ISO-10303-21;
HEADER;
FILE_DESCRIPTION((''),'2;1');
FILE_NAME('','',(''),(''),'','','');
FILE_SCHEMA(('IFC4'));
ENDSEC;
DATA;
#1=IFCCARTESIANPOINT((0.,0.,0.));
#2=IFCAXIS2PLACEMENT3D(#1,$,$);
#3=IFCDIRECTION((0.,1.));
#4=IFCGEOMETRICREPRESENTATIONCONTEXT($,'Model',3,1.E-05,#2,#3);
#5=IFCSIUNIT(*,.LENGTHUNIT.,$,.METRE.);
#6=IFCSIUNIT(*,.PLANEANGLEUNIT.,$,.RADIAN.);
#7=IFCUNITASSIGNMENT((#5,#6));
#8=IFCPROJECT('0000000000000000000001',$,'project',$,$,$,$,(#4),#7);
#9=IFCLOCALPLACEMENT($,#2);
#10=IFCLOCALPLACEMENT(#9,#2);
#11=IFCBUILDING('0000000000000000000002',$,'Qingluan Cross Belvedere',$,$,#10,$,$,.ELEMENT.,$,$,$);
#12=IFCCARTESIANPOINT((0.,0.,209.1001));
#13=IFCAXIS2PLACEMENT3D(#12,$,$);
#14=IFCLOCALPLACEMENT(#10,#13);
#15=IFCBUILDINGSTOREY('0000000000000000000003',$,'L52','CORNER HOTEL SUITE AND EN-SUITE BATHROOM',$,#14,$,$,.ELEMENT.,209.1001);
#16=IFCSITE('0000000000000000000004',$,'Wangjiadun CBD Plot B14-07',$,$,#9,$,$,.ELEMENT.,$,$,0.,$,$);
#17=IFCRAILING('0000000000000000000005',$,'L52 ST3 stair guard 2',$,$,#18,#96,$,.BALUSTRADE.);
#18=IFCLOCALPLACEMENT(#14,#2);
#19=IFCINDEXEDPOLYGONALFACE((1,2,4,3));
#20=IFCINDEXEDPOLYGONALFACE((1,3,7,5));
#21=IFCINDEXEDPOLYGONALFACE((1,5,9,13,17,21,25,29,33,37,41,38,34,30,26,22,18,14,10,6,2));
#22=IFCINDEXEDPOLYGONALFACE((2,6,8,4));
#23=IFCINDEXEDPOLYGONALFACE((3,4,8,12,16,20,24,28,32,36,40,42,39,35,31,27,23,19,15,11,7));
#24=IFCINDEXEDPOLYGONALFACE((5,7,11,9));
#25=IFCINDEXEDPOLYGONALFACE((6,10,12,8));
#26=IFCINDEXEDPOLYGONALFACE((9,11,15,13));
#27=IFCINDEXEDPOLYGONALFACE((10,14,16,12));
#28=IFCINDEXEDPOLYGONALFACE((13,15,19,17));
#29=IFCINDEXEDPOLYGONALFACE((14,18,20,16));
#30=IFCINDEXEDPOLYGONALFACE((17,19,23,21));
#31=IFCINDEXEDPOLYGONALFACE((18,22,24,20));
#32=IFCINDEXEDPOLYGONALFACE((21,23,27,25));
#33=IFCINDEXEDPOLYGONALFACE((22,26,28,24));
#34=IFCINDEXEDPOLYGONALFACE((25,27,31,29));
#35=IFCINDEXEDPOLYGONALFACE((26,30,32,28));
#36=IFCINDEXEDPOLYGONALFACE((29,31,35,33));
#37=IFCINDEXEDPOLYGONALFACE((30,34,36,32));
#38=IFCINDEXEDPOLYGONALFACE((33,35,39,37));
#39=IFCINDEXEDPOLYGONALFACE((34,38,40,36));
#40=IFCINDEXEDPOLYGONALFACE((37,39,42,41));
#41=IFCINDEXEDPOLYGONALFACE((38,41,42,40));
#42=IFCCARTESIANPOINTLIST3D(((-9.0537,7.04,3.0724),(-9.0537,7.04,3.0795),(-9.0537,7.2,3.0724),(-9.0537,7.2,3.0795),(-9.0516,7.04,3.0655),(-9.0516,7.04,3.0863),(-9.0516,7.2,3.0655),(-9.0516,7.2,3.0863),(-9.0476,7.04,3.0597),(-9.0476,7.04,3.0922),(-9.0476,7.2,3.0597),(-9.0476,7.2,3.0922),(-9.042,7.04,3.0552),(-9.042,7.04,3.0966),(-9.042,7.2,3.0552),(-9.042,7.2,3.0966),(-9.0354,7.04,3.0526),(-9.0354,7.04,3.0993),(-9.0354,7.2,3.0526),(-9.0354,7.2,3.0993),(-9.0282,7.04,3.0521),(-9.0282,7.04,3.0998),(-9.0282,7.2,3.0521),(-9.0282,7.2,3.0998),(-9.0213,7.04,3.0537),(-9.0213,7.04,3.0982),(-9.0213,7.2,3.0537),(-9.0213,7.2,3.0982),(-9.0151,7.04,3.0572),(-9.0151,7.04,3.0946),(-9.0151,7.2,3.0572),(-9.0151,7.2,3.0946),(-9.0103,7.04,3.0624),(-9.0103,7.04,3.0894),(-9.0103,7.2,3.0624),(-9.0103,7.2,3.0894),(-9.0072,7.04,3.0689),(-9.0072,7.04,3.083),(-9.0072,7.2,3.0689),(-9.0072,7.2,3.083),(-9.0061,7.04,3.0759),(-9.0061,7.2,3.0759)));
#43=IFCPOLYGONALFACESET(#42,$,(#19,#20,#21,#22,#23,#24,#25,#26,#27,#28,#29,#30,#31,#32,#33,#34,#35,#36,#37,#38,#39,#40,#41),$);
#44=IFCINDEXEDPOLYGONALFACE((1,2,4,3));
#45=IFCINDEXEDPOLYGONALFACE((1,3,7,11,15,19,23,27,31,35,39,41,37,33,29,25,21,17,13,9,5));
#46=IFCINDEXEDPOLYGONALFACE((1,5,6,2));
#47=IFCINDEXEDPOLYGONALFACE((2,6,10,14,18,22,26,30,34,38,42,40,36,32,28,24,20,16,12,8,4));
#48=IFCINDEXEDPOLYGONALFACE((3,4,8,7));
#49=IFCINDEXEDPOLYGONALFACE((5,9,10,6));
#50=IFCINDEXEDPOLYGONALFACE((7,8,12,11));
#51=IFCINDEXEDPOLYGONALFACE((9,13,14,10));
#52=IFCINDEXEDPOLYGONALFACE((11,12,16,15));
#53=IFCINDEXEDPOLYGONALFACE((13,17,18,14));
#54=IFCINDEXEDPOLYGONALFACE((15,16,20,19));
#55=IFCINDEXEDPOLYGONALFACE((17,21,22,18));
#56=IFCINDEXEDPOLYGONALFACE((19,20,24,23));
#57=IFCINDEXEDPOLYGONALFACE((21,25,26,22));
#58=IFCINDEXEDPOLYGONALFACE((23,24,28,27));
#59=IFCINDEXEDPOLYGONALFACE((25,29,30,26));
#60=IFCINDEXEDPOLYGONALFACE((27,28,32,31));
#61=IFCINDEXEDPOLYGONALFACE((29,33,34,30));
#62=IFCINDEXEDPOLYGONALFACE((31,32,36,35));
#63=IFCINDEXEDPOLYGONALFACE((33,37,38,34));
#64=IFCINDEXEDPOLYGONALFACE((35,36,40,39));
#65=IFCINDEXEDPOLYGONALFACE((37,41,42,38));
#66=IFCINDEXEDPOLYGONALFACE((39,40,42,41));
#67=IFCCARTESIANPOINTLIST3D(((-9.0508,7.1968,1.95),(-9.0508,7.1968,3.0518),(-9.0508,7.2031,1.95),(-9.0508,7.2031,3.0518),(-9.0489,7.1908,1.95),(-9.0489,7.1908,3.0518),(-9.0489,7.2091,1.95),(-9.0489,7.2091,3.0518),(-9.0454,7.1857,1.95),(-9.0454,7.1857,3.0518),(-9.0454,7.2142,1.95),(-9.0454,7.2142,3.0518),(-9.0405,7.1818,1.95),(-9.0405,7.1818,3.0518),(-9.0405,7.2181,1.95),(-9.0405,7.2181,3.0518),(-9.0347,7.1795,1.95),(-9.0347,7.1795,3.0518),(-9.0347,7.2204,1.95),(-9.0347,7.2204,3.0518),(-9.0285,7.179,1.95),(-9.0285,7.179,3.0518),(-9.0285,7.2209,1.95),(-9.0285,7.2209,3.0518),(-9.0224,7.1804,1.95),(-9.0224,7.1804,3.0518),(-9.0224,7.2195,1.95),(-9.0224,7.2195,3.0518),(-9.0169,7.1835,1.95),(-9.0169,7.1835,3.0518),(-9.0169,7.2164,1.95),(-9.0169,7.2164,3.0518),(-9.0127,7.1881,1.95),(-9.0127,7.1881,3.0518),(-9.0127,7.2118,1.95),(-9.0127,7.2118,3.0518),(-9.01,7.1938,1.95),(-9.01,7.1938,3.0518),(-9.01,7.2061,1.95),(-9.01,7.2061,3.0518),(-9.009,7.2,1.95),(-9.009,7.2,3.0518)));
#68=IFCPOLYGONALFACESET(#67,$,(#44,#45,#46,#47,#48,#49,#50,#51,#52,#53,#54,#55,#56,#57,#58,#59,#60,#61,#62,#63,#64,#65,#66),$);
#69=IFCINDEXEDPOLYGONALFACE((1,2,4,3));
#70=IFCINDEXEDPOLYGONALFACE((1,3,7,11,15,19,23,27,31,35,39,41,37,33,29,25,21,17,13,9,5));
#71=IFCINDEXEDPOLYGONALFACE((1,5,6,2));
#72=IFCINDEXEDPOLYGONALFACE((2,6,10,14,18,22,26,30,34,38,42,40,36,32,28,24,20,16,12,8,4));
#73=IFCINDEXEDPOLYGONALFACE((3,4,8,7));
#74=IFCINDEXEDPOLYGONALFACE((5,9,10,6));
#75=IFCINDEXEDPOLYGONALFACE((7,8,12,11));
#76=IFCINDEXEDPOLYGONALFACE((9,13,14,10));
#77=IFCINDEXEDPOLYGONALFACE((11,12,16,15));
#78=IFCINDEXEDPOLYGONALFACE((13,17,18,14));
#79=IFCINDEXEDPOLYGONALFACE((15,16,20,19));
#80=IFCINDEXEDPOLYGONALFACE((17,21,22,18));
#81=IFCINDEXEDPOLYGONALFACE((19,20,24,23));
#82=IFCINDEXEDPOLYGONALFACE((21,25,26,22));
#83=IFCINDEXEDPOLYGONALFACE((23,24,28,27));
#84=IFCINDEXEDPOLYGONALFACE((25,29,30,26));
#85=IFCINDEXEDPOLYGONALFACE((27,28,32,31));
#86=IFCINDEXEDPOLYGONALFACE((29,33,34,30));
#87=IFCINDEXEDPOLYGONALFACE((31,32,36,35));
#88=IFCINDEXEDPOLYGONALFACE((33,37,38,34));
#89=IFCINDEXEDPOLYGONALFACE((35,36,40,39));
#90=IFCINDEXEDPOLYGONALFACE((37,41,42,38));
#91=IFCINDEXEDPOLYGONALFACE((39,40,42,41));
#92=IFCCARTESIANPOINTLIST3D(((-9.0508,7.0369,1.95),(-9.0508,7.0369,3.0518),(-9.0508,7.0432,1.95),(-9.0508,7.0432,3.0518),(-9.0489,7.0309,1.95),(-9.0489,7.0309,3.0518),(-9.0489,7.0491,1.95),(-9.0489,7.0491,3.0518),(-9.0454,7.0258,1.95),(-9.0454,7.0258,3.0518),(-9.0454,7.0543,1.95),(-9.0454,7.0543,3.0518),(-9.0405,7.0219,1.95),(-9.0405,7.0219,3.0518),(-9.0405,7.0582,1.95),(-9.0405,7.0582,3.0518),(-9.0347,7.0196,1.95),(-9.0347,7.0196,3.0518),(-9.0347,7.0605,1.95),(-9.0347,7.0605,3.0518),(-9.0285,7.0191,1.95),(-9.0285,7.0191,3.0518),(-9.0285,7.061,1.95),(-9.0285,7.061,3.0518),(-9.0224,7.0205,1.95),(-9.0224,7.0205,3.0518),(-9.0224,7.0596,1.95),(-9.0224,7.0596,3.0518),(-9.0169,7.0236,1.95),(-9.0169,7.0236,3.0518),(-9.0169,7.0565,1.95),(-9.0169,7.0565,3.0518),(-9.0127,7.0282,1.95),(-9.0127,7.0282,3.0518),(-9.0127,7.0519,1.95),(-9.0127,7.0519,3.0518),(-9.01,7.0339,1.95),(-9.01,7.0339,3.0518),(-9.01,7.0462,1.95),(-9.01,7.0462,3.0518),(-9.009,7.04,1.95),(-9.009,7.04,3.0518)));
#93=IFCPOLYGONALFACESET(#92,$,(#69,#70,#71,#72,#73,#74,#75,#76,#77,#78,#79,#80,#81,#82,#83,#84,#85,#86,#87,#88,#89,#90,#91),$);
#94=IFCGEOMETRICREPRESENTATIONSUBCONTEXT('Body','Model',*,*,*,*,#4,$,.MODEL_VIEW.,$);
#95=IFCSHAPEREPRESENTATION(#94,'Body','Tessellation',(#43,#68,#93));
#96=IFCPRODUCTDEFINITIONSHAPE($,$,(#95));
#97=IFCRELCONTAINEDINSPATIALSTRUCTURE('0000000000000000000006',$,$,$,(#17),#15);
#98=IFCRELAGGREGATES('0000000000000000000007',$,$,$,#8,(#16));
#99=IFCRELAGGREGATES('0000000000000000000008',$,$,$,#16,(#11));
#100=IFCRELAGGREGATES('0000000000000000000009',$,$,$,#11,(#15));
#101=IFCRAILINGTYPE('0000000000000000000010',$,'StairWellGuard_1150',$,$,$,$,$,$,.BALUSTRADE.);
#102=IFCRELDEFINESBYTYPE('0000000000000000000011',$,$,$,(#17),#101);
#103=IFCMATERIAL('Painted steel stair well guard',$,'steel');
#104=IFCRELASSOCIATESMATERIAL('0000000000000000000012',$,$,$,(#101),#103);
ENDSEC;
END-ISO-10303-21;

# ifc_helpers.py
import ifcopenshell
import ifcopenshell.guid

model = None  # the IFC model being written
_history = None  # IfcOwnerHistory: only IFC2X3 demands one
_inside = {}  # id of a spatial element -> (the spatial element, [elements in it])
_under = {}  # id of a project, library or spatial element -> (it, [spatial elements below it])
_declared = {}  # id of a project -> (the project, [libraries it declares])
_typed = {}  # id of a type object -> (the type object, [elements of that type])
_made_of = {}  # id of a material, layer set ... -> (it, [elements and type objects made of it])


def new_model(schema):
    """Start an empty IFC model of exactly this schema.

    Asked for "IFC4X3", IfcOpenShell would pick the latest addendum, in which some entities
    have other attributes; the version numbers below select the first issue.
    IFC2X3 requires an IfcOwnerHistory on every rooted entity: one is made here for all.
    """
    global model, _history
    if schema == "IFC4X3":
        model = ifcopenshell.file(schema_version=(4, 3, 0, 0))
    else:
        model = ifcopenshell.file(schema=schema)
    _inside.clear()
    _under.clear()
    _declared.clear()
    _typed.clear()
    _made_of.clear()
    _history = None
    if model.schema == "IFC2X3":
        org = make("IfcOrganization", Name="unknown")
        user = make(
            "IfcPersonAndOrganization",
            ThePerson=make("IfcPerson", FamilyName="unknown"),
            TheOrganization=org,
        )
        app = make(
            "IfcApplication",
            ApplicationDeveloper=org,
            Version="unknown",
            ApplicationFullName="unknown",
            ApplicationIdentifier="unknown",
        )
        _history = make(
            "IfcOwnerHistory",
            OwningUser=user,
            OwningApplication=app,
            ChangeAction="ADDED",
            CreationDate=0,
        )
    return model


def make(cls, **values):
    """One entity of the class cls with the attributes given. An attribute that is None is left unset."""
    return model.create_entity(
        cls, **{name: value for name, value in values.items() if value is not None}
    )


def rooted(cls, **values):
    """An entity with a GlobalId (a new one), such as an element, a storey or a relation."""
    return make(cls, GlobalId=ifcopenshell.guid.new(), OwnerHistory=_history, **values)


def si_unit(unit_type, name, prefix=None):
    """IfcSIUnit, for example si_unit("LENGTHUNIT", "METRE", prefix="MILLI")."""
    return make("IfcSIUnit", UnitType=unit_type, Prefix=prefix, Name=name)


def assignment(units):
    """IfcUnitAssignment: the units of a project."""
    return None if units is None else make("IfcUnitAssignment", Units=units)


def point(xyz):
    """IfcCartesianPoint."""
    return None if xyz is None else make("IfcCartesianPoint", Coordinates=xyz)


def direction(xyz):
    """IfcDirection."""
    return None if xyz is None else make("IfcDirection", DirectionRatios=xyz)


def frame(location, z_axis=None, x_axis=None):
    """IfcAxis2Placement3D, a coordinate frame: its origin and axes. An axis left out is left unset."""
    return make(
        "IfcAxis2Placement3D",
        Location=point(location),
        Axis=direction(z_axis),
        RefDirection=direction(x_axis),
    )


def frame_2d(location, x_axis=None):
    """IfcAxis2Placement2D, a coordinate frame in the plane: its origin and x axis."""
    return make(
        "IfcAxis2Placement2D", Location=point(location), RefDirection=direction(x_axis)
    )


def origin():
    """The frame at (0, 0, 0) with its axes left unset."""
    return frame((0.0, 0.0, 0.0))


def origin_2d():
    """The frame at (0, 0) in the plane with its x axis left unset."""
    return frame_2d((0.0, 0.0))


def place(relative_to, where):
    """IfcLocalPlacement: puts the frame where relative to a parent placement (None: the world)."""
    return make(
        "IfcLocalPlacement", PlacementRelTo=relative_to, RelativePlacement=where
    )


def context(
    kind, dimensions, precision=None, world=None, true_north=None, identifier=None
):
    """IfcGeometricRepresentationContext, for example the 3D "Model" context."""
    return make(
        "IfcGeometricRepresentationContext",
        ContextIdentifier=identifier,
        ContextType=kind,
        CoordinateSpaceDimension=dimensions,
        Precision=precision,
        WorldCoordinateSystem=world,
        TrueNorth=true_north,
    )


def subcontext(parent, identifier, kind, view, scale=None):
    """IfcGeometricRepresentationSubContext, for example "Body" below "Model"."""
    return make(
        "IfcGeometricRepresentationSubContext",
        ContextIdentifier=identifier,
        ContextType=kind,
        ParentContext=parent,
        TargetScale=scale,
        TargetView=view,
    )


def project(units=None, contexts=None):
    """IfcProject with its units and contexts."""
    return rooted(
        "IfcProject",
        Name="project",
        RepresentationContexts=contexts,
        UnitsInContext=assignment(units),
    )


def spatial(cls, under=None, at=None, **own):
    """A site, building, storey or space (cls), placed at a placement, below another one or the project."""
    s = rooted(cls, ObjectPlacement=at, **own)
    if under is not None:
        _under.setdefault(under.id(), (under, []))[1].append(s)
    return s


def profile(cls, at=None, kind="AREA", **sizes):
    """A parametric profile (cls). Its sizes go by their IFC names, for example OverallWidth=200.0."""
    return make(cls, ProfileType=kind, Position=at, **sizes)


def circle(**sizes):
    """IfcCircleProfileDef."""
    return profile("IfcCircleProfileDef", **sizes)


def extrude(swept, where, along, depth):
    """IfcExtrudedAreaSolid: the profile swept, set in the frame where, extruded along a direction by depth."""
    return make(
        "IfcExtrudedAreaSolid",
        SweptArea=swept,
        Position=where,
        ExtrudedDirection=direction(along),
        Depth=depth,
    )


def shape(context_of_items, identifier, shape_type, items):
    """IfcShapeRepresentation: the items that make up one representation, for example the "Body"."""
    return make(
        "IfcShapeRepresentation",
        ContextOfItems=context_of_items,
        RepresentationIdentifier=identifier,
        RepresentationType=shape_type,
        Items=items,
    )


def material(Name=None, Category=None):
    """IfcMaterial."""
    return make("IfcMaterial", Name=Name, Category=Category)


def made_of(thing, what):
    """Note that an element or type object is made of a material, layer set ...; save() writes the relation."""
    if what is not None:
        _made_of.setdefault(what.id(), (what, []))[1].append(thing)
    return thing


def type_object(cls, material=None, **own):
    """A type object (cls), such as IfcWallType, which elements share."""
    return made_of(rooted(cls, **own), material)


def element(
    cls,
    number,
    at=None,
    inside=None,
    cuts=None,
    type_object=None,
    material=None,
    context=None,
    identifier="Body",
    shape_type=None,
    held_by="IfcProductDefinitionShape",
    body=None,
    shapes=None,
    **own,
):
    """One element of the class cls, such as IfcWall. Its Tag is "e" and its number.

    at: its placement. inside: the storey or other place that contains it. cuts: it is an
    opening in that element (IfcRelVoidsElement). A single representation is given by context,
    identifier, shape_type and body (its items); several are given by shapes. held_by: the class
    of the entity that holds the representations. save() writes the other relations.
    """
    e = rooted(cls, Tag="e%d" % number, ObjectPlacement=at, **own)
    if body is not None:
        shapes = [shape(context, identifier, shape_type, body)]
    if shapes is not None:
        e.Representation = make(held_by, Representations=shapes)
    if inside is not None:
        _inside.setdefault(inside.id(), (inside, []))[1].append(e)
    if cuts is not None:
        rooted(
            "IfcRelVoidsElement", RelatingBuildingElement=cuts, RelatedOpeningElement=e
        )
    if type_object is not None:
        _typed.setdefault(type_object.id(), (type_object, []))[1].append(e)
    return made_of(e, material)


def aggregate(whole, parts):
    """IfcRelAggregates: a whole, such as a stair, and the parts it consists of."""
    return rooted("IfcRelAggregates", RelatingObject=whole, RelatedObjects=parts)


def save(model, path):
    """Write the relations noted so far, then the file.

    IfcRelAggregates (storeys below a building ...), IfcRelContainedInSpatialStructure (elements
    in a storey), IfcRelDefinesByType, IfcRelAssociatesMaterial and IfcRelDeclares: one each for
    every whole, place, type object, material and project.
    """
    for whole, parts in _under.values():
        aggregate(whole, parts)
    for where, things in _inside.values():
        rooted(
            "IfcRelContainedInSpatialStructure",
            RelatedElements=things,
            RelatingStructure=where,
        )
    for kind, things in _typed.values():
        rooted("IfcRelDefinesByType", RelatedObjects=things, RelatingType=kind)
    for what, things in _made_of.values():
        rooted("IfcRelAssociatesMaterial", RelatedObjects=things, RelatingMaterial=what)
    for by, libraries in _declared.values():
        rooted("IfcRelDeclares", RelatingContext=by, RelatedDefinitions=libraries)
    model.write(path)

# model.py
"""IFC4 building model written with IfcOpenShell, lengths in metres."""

from ifc_helpers import new_model, si_unit, direction, frame, origin, origin_2d, place, context, subcontext, project, spatial, circle, extrude, material, type_object, element, save


model = new_model("IFC4")

# Units and contexts
model_context = context("Model", 3, precision=1e-05, world=origin(), true_north=direction((0.0, 1.0)))
body_context = subcontext(model_context, "Body", "Model", "MODEL_VIEW")
ifc_project = project(units=[si_unit("LENGTHUNIT", "METRE"), si_unit("PLANEANGLEUNIT", "RADIAN")], contexts=[model_context])

# Site, building, storey
site_placement = place(None, origin())
site = spatial("IfcSite", under=ifc_project, at=site_placement, Name="Wangjiadun CBD Plot B14-07", CompositionType="ELEMENT", RefElevation=0.0)
building_placement = place(site_placement, origin())
building = spatial("IfcBuilding", under=site, at=building_placement, Name="Qingluan Cross Belvedere", CompositionType="ELEMENT")
storey_placement = place(building_placement, frame((0.0, 0.0, 209.1001)))
storey = spatial("IfcBuildingStorey", under=building, at=storey_placement, Name="L52", Description="CORNER HOTEL SUITE AND EN-SUITE BATHROOM", CompositionType="ELEMENT", Elevation=209.1001)

# Railing
ifc_material_1 = material(Name="Painted steel stair well guard", Category="steel")
railing_type_1 = type_object("IfcRailingType", Name="StairWellGuard_1150", PredefinedType="BALUSTRADE", material=ifc_material_1)
railing_1_placement = place(storey_placement, frame((-9.03, 7.2, 1.95)))
element("IfcRailing", 1, at=railing_1_placement, inside=storey, type_object=railing_type_1, Name="L52 ST3 stair guard 2", PredefinedType="BALUSTRADE", context=body_context, shape_type="SweptSolid", body=[
    extrude(circle(Radius=0.0239, at=origin_2d()), frame((0.0, 0.0, 1.126), z_axis=(0.0, -1.0, 0.0), x_axis=(1.0, 0.0, 0.0)), (0.0, 0.0, 1.0), 0.1599),
    extrude(circle(Radius=0.021, at=origin_2d()), origin(), (0.0, 0.0, 1.0), 1.1018),
    extrude(circle(Radius=0.021, at=origin_2d()), frame((0.0, -0.1599, 0.0)), (0.0, 0.0, 1.0), 1.1018),
])

save(model, "model.ifc")
